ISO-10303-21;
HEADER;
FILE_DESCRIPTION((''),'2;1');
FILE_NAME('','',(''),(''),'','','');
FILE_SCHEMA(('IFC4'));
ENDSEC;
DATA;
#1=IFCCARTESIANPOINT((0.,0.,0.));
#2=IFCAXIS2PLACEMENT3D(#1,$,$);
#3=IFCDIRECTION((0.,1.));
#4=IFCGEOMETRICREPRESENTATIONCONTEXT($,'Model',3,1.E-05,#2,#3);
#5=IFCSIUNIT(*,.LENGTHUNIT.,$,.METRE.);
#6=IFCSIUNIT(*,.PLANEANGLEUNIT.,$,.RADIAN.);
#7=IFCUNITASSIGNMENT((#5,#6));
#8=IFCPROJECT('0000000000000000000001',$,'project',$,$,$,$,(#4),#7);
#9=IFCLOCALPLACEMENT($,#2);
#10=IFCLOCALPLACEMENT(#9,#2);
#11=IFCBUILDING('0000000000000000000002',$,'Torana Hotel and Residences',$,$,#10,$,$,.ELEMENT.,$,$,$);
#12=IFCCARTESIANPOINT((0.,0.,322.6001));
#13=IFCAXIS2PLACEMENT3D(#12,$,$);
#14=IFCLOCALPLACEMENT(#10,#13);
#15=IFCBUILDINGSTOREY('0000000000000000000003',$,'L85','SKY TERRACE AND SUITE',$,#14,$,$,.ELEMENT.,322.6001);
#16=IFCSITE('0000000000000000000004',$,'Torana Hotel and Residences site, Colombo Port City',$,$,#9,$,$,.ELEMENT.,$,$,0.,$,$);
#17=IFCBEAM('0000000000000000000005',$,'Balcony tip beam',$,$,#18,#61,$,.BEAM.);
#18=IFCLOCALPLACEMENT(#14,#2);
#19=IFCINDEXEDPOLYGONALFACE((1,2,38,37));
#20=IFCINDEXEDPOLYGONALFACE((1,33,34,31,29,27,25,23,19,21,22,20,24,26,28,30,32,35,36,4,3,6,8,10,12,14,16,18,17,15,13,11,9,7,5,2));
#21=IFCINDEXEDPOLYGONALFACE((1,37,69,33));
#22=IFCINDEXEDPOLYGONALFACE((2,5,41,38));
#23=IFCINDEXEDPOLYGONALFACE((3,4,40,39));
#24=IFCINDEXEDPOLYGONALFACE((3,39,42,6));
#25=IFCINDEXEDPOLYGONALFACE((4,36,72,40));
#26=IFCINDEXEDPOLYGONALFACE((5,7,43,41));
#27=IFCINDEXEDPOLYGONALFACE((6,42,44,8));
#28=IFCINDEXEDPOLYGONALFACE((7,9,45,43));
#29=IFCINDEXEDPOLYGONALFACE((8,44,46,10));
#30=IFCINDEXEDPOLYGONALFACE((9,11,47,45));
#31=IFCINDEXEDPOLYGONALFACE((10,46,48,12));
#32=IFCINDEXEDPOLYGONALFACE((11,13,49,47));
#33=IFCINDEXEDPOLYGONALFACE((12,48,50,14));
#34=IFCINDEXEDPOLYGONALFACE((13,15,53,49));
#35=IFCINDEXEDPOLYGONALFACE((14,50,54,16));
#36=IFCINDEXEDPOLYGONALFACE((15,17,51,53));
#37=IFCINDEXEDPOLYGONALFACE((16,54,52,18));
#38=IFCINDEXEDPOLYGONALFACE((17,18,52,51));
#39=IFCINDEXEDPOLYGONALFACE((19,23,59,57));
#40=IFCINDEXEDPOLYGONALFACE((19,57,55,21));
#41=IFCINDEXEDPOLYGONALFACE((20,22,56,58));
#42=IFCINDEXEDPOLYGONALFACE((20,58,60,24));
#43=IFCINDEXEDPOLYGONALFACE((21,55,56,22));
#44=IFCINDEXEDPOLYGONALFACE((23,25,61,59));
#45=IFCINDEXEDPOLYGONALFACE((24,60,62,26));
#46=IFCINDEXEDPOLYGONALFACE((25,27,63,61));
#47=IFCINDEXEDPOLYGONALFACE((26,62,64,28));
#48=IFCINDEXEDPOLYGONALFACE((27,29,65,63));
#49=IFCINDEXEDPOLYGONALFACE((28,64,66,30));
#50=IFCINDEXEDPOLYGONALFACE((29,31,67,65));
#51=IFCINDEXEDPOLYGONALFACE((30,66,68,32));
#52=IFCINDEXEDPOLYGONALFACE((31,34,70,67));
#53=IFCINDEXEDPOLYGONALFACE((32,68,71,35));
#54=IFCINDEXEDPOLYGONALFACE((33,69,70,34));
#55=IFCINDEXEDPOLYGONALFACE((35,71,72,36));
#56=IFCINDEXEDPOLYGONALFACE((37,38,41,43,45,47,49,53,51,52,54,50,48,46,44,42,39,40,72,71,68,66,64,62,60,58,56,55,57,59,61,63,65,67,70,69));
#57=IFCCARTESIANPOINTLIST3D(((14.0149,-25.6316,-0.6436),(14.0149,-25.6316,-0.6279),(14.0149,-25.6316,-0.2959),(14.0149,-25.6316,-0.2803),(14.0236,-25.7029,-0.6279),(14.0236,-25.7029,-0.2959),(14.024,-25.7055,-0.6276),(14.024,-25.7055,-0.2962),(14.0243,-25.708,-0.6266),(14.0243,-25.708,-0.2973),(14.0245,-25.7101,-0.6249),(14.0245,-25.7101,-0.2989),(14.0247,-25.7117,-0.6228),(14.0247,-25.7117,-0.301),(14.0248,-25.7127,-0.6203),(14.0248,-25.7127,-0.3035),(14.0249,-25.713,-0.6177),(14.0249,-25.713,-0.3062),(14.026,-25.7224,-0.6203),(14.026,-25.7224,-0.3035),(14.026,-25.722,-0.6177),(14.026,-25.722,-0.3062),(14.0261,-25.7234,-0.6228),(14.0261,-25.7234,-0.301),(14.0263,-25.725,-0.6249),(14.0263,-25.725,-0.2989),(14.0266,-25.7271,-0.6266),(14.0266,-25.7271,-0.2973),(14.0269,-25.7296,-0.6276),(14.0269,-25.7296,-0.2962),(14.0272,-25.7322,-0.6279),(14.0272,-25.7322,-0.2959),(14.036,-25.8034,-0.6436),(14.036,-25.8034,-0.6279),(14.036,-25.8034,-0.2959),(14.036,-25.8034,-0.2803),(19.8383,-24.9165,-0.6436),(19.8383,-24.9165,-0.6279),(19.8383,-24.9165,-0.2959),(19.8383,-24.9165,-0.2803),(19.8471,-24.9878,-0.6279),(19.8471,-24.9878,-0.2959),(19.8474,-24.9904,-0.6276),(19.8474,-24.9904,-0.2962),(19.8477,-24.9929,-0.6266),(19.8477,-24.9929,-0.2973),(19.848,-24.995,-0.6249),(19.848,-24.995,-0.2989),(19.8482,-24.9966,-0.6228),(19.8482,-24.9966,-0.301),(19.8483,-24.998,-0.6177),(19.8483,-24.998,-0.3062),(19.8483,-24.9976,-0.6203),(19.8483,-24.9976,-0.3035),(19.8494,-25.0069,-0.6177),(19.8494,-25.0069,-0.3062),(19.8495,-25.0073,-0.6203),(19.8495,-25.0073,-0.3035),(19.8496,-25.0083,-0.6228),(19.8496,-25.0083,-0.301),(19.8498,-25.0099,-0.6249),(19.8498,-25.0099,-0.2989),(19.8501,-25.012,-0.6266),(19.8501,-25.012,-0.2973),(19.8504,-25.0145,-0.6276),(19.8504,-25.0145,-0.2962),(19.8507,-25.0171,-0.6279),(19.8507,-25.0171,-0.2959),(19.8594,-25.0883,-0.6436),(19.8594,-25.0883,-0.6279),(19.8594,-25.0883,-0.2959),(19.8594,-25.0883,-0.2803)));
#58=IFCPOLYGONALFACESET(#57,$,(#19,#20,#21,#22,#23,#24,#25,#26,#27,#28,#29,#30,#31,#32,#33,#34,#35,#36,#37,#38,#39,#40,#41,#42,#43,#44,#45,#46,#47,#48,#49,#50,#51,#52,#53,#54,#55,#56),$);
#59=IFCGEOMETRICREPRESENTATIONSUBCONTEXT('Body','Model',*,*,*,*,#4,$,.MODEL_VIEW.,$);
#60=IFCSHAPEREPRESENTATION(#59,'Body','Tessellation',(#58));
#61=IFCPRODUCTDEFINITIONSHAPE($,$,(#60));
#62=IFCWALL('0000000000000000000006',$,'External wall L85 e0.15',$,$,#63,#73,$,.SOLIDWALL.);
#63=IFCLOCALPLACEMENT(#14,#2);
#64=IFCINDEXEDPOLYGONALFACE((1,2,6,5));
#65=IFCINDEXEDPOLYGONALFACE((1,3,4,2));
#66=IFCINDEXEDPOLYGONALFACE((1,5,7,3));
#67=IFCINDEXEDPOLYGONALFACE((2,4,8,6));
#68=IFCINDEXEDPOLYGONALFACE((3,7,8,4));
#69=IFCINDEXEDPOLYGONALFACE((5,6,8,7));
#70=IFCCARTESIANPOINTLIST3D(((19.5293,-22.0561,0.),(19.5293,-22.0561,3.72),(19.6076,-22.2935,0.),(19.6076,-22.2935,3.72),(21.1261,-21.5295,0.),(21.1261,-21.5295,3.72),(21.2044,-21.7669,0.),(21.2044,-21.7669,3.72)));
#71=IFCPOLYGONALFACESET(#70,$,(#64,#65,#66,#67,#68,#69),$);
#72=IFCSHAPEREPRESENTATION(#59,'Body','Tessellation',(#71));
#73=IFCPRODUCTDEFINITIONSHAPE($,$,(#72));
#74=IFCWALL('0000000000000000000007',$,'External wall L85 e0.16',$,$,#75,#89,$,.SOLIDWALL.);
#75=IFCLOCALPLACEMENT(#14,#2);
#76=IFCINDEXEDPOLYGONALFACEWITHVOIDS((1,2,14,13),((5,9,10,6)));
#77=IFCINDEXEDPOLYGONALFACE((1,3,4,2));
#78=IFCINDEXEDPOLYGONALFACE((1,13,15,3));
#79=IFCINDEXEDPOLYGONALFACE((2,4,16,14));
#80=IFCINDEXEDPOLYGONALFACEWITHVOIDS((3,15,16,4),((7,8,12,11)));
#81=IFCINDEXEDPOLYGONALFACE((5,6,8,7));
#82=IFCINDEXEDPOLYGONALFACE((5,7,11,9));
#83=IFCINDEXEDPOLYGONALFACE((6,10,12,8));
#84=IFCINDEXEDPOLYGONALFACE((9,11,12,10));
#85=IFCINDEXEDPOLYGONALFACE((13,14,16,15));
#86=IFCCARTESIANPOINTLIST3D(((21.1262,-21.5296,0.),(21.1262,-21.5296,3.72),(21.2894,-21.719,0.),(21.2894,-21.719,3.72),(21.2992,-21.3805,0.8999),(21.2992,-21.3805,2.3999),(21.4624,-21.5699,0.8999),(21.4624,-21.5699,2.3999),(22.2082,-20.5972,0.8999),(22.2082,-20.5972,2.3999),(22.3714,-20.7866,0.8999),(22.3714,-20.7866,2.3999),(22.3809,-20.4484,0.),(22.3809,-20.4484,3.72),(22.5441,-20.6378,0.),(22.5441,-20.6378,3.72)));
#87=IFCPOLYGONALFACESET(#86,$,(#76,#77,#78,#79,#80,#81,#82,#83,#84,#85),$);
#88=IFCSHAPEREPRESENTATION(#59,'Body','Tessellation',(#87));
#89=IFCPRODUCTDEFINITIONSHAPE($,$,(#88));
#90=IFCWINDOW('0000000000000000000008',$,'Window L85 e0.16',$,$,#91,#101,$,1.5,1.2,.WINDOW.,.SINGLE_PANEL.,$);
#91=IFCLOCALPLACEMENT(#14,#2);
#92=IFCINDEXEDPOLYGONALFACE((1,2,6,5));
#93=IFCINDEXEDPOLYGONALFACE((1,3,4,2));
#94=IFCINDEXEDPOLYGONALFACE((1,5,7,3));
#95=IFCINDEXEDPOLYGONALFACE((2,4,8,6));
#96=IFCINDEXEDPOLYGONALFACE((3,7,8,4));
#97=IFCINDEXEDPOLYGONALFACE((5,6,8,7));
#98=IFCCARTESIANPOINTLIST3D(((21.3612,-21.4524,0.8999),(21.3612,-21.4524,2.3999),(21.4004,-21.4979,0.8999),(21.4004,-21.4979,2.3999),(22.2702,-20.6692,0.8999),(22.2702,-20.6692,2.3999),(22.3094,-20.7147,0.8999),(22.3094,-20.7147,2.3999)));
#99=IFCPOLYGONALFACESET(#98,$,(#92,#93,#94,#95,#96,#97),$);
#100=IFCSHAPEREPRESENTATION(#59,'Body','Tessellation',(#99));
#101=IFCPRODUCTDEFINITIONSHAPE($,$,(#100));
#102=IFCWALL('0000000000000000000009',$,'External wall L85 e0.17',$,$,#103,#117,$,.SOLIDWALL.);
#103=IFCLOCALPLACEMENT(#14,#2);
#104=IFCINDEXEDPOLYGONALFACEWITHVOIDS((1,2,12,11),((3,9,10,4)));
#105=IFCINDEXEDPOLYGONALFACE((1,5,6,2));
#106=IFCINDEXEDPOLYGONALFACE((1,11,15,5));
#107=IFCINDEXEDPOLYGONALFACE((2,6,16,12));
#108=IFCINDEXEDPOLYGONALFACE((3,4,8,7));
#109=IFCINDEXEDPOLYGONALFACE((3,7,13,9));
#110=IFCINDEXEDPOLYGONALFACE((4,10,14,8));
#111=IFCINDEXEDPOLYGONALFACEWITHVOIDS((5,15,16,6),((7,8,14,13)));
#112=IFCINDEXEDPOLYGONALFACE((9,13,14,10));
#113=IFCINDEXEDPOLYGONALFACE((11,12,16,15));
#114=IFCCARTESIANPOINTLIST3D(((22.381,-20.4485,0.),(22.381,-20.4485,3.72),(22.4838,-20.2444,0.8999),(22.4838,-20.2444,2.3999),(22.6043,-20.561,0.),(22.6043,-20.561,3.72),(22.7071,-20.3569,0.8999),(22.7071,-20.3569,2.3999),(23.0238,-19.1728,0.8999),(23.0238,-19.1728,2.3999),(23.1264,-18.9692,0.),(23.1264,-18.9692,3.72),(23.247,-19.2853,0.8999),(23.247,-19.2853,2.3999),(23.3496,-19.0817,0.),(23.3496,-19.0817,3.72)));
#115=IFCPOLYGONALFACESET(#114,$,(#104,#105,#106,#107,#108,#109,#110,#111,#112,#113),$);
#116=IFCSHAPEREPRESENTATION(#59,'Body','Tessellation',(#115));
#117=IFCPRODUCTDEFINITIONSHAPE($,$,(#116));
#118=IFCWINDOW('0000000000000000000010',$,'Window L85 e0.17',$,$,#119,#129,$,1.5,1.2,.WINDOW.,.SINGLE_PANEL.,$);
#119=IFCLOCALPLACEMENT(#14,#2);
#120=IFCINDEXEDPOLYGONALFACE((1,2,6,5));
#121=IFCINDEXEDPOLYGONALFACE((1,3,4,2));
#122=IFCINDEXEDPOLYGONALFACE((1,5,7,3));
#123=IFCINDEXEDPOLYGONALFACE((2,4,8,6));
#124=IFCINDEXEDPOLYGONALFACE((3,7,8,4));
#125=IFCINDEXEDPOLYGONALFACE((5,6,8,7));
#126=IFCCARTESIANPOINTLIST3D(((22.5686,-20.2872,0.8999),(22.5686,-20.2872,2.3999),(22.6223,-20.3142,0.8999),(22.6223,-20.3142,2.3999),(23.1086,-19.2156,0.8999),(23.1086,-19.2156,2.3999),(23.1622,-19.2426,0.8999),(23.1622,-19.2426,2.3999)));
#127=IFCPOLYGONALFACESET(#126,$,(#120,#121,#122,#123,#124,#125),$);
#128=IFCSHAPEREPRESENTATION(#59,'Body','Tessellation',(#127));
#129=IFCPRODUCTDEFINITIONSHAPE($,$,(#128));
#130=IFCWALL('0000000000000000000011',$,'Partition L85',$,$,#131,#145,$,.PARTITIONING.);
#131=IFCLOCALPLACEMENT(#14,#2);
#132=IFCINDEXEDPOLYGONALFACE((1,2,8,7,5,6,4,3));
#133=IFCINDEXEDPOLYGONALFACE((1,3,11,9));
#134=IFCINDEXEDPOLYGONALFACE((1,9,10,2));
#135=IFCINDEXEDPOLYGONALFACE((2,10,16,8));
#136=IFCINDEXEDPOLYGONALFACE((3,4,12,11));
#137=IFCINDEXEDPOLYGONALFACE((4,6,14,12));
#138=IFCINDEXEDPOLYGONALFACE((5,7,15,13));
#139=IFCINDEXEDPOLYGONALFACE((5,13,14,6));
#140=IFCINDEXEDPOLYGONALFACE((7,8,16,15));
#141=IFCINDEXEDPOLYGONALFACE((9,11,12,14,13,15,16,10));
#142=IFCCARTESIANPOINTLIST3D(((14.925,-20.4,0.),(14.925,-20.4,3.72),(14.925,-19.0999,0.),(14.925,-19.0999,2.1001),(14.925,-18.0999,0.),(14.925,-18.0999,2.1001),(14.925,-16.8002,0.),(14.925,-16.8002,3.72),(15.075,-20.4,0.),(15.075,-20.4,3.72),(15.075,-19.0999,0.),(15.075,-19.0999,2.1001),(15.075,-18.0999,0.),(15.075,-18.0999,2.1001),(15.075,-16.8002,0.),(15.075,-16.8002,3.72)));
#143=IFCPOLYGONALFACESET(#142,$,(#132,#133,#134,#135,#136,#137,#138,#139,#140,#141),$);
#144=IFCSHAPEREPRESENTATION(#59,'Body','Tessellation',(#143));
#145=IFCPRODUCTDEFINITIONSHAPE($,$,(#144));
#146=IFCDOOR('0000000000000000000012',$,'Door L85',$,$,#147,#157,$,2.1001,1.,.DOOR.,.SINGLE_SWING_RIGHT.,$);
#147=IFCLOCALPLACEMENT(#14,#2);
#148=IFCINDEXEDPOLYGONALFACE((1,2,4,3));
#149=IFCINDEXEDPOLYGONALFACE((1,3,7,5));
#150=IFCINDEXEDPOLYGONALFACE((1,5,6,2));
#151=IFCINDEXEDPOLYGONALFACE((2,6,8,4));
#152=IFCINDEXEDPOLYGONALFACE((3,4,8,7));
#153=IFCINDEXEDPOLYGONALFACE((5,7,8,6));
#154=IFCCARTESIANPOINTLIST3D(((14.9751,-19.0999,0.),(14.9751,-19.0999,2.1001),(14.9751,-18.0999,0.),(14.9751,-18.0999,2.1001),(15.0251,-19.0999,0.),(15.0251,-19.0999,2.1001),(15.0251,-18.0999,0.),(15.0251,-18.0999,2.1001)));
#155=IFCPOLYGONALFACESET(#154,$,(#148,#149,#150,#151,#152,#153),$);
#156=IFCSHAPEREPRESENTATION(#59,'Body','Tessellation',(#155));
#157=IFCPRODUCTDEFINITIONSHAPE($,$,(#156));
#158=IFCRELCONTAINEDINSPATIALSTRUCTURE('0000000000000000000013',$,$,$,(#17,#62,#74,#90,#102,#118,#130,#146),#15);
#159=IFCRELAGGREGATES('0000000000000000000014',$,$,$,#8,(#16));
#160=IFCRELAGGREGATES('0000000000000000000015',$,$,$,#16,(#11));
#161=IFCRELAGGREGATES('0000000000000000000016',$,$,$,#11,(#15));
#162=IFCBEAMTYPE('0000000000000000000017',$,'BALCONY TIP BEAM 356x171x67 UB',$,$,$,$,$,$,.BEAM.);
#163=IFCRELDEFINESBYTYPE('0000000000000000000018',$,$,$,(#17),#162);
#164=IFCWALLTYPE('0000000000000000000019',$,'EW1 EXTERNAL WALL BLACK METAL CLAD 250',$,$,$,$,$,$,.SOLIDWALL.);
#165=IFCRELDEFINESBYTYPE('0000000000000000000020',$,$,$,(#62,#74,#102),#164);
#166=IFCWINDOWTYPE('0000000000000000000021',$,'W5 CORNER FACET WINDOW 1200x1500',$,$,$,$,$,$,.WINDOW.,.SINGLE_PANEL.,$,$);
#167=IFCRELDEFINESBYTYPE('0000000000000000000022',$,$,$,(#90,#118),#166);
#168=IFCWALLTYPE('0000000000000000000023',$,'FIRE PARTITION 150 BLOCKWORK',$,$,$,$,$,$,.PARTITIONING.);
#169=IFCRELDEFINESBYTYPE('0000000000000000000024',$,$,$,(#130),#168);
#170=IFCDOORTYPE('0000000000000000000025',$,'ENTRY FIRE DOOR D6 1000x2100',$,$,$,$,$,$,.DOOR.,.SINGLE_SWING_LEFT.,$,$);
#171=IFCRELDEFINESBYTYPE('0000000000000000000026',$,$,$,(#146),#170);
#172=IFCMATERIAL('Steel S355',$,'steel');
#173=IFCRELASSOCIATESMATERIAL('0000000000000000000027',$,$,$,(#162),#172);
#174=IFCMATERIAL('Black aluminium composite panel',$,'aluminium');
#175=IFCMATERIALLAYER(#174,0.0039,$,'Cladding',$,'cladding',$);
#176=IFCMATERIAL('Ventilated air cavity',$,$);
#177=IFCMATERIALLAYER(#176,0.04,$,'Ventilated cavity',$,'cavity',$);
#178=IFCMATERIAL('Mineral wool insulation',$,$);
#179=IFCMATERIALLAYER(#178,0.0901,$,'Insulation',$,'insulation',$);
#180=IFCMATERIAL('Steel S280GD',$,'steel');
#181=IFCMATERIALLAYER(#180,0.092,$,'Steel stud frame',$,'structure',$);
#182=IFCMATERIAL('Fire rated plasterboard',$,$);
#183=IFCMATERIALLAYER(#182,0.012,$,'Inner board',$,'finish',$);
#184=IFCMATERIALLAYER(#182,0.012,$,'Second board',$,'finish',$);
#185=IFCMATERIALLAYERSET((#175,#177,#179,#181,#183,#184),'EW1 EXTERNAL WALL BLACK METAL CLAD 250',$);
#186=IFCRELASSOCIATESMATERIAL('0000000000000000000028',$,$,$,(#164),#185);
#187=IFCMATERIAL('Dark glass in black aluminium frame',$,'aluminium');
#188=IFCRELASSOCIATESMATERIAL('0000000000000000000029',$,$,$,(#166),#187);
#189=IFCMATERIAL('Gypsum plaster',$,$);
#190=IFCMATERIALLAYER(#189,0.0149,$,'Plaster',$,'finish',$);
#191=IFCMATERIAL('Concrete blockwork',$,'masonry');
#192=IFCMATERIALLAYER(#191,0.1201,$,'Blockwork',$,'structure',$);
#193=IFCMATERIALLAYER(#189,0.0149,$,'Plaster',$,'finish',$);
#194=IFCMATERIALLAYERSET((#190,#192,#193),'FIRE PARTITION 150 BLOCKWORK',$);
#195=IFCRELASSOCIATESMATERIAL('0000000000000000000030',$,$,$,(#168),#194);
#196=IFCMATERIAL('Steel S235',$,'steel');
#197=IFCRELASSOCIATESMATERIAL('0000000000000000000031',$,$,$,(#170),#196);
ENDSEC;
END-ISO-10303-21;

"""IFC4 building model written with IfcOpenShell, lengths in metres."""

from ifc_helpers import new_model, si_unit, direction, frame, frame_2d, origin, origin_2d, place, context, subcontext, project, spatial, rectangle, i_section, extrude, material, layer, layer_set, material_profile, profile_set, type_object, element, fill, save


model = new_model("IFC4")

# Units and contexts
model_context = context("Model", 3, precision=1e-05, world=origin(), true_north=direction((0.0, 1.0)))
body_context = subcontext(model_context, "Body", "Model", "MODEL_VIEW")
ifc_project = project(units=[si_unit("LENGTHUNIT", "METRE"), si_unit("PLANEANGLEUNIT", "RADIAN")], contexts=[model_context])

# Site, building, storey
site_placement = place(None, origin())
site = spatial("IfcSite", under=ifc_project, at=site_placement, Name="Torana Hotel and Residences site, Colombo Port City", CompositionType="ELEMENT", RefElevation=0.0)
building_placement = place(site_placement, origin())
building = spatial("IfcBuilding", under=site, at=building_placement, Name="Torana Hotel and Residences", CompositionType="ELEMENT")
storey_placement = place(building_placement, frame((0.0, 0.0, 322.6001)))
storey = spatial("IfcBuildingStorey", under=building, at=storey_placement, Name="L85", Description="SKY TERRACE AND SUITE", CompositionType="ELEMENT", Elevation=322.6001)

# Beam
ifc_material_1 = material(Name="Steel S355", Category="steel")
ifc_material_profile_1 = material_profile(ifc_material_1, i_section(OverallWidth=0.1731, OverallDepth=0.3633, WebThickness=0.009, FlangeThickness=0.0156, FilletRadius=0.0103, at=origin_2d()), Name="356x171x67 UB")
ifc_profile_set_1 = profile_set([ifc_material_profile_1], Name="Steel S355")
beam_type_1 = type_object("IfcBeamType", Name="BALCONY TIP BEAM 356x171x67 UB", PredefinedType="BEAM", material=ifc_profile_set_1)
beam_1_placement = place(storey_placement, frame((19.8489, -25.0024, -0.4619), z_axis=(-0.992545, -0.121878, 0.0), x_axis=(0.121878, -0.992545, 0.0)))
element("IfcBeam", 1, at=beam_1_placement, inside=storey, type_object=beam_type_1, Name="Balcony tip beam", PredefinedType="BEAM", context=body_context, shape_type="SweptSolid", body=[
    extrude(i_section(OverallWidth=0.1731, OverallDepth=0.3633, WebThickness=0.009, FlangeThickness=0.0156, FilletRadius=0.0103, at=origin_2d()), origin(), (0.0, 0.0, 1.0), 5.8672),
])

# Wall
ifc_material_2 = material(Name="Black aluminium composite panel", Category="aluminium")
ifc_layer_1 = layer(ifc_material_2, 0.0039, Name="Cladding", Category="cladding")
ifc_material_3 = material(Name="Ventilated air cavity")
ifc_layer_2 = layer(ifc_material_3, 0.04, Name="Ventilated cavity", Category="cavity")
ifc_material_4 = material(Name="Mineral wool insulation")
ifc_layer_3 = layer(ifc_material_4, 0.0901, Name="Insulation", Category="insulation")
ifc_material_5 = material(Name="Steel S280GD", Category="steel")
ifc_layer_4 = layer(ifc_material_5, 0.092, Name="Steel stud frame", Category="structure")
ifc_material_6 = material(Name="Fire rated plasterboard")
ifc_layer_5 = layer(ifc_material_6, 0.012, Name="Inner board", Category="finish")
ifc_layer_6 = layer(ifc_material_6, 0.012, Name="Second board", Category="finish")
ifc_layer_set_1 = layer_set([ifc_layer_1, ifc_layer_2, ifc_layer_3, ifc_layer_4, ifc_layer_5, ifc_layer_6], Name="EW1 EXTERNAL WALL BLACK METAL CLAD 250")
wall_type_1 = type_object("IfcWallType", Name="EW1 EXTERNAL WALL BLACK METAL CLAD 250", PredefinedType="SOLIDWALL", material=ifc_layer_set_1)
wall_1_placement = place(storey_placement, frame((19.5684, -22.1748, 0.0), z_axis=(0.0, 0.0, 1.0), x_axis=(0.949695, 0.313177, 0.0)))
element("IfcWall", 2, at=wall_1_placement, inside=storey, type_object=wall_type_1, Name="External wall L85 e0.15", PredefinedType="SOLIDWALL", context=body_context, shape_type="SweptSolid", body=[
    extrude(rectangle(XDim=1.6814, YDim=0.25, at=frame_2d((0.8408, 0.0))), origin(), (0.0, 0.0, 1.0), 3.72),
])

# Walls, openings, windows
wall_2_placement = place(storey_placement, frame((21.2078, -21.6243, 0.0), z_axis=(0.0, 0.0, 1.0), x_axis=(0.757568, 0.652756, 0.0)))
wall_2 = element("IfcWall", 3, at=wall_2_placement, inside=storey, type_object=wall_type_1, Name="External wall L85 e0.16", PredefinedType="SOLIDWALL", context=body_context, shape_type="SweptSolid", body=[
    extrude(rectangle(XDim=1.6562, YDim=0.25, at=frame_2d((0.8281, 0.0))), origin(), (0.0, 0.0, 1.0), 3.72),
])
opening_1_placement = place(wall_2_placement, frame((0.2283, 0.0, 0.8999)))
opening_1 = element("IfcOpeningElement", 4, at=opening_1_placement, cuts=wall_2, PredefinedType="OPENING", context=body_context, shape_type="SweptSolid", body=[
    extrude(rectangle(XDim=1.2, YDim=1.5, at=frame_2d((0.6001, 0.75))), frame((0.0, 0.135, 0.0), z_axis=(0.0, -1.0, 0.0), x_axis=(1.0, 0.0, 0.0)), (0.0, 0.0, 1.0), 0.27),
])
ifc_material_7 = material(Name="Dark glass in black aluminium frame", Category="aluminium")
window_type = type_object("IfcWindowType", Name="W5 CORNER FACET WINDOW 1200x1500", PartitioningType="SINGLE_PANEL", PredefinedType="WINDOW", material=ifc_material_7)
window_1_placement = place(opening_1_placement, origin())
window_1 = element("IfcWindow", 5, at=window_1_placement, inside=storey, type_object=window_type, Name="Window L85 e0.16", OverallHeight=1.5, OverallWidth=1.2, PartitioningType="SINGLE_PANEL", PredefinedType="WINDOW", context=body_context, shape_type="SweptSolid", body=[
    extrude(rectangle(XDim=1.2, YDim=1.5, at=frame_2d((0.6001, 0.75))), frame((0.0, 0.03, 0.0), z_axis=(0.0, -1.0, 0.0), x_axis=(1.0, 0.0, 0.0)), (0.0, 0.0, 1.0), 0.0601),
])
fill(opening_1, window_1)
wall_3_placement = place(storey_placement, frame((22.4927, -20.5046, 0.0), z_axis=(0.0, 0.0, 1.0), x_axis=(0.449982, 0.893037, 0.0)))
wall_3 = element("IfcWall", 6, at=wall_3_placement, inside=storey, type_object=wall_type_1, Name="External wall L85 e0.17", PredefinedType="SOLIDWALL", context=body_context, shape_type="SweptSolid", body=[
    extrude(rectangle(XDim=1.6565, YDim=0.25, at=frame_2d((0.8281, 0.0))), origin(), (0.0, 0.0, 1.0), 3.72),
])
opening_2_placement = place(wall_3_placement, frame((0.2283, 0.0, 0.8999)))
opening_2 = element("IfcOpeningElement", 7, at=opening_2_placement, cuts=wall_3, PredefinedType="OPENING", context=body_context, shape_type="SweptSolid", body=[
    extrude(rectangle(XDim=1.2, YDim=1.5, at=frame_2d((0.6001, 0.75))), frame((0.0, 0.135, 0.0), z_axis=(0.0, -1.0, 0.0), x_axis=(1.0, 0.0, 0.0)), (0.0, 0.0, 1.0), 0.27),
])
window_2_placement = place(opening_2_placement, origin())
window_2 = element("IfcWindow", 8, at=window_2_placement, inside=storey, type_object=window_type, Name="Window L85 e0.17", OverallHeight=1.5, OverallWidth=1.2, PartitioningType="SINGLE_PANEL", PredefinedType="WINDOW", context=body_context, shape_type="SweptSolid", body=[
    extrude(rectangle(XDim=1.2, YDim=1.5, at=frame_2d((0.6001, 0.75))), frame((0.0, 0.03, 0.0), z_axis=(0.0, -1.0, 0.0), x_axis=(1.0, 0.0, 0.0)), (0.0, 0.0, 1.0), 0.0601),
])
fill(opening_2, window_2)

# Wall, opening, door
ifc_material_8 = material(Name="Gypsum plaster")
ifc_layer_7 = layer(ifc_material_8, 0.0149, Name="Plaster", Category="finish")
ifc_material_9 = material(Name="Concrete blockwork", Category="masonry")
ifc_layer_8 = layer(ifc_material_9, 0.1201, Name="Blockwork", Category="structure")
ifc_layer_9 = layer(ifc_material_8, 0.0149, Name="Plaster", Category="finish")
ifc_layer_set_2 = layer_set([ifc_layer_7, ifc_layer_8, ifc_layer_9], Name="FIRE PARTITION 150 BLOCKWORK")
wall_type_2 = type_object("IfcWallType", Name="FIRE PARTITION 150 BLOCKWORK", PredefinedType="PARTITIONING", material=ifc_layer_set_2)
wall_4_placement = place(storey_placement, frame((15.0, -20.3999, 0.0), z_axis=(0.0, 0.0, 1.0), x_axis=(0.0, 1.0, 0.0)))
wall_4 = element("IfcWall", 9, at=wall_4_placement, inside=storey, type_object=wall_type_2, Name="Partition L85", PredefinedType="PARTITIONING", context=body_context, shape_type="SweptSolid", body=[
    extrude(rectangle(XDim=3.5999, YDim=0.1499, at=frame_2d((1.7998, 0.0))), origin(), (0.0, 0.0, 1.0), 3.72),
])
opening_3_placement = place(wall_4_placement, frame((1.3, 0.0, 0.0)))
opening_3 = element("IfcOpeningElement", 10, at=opening_3_placement, cuts=wall_4, PredefinedType="OPENING", context=body_context, shape_type="SweptSolid", body=[
    extrude(rectangle(XDim=1.0, YDim=2.1001, at=frame_2d((0.5, 1.05))), frame((0.0, 0.085, 0.0), z_axis=(0.0, -1.0, 0.0), x_axis=(1.0, 0.0, 0.0)), (0.0, 0.0, 1.0), 0.1699),
])
ifc_material_10 = material(Name="Steel S235", Category="steel")
door_type_1 = type_object("IfcDoorType", Name="ENTRY FIRE DOOR D6 1000x2100", OperationType="SINGLE_SWING_LEFT", PredefinedType="DOOR", material=ifc_material_10)
door_1_placement = place(opening_3_placement, origin())
door_1 = element("IfcDoor", 11, at=door_1_placement, inside=storey, type_object=door_type_1, Name="Door L85", OperationType="SINGLE_SWING_RIGHT", OverallHeight=2.1001, OverallWidth=1.0, PredefinedType="DOOR", context=body_context, shape_type="SweptSolid", body=[
    extrude(rectangle(XDim=1.0, YDim=2.1001, at=frame_2d((0.5, 1.05))), frame((0.0, 0.0249, 0.0), z_axis=(0.0, -1.0, 0.0), x_axis=(1.0, 0.0, 0.0)), (0.0, 0.0, 1.0), 0.05),
])
fill(opening_3, door_1)

save(model, "model.ifc")
